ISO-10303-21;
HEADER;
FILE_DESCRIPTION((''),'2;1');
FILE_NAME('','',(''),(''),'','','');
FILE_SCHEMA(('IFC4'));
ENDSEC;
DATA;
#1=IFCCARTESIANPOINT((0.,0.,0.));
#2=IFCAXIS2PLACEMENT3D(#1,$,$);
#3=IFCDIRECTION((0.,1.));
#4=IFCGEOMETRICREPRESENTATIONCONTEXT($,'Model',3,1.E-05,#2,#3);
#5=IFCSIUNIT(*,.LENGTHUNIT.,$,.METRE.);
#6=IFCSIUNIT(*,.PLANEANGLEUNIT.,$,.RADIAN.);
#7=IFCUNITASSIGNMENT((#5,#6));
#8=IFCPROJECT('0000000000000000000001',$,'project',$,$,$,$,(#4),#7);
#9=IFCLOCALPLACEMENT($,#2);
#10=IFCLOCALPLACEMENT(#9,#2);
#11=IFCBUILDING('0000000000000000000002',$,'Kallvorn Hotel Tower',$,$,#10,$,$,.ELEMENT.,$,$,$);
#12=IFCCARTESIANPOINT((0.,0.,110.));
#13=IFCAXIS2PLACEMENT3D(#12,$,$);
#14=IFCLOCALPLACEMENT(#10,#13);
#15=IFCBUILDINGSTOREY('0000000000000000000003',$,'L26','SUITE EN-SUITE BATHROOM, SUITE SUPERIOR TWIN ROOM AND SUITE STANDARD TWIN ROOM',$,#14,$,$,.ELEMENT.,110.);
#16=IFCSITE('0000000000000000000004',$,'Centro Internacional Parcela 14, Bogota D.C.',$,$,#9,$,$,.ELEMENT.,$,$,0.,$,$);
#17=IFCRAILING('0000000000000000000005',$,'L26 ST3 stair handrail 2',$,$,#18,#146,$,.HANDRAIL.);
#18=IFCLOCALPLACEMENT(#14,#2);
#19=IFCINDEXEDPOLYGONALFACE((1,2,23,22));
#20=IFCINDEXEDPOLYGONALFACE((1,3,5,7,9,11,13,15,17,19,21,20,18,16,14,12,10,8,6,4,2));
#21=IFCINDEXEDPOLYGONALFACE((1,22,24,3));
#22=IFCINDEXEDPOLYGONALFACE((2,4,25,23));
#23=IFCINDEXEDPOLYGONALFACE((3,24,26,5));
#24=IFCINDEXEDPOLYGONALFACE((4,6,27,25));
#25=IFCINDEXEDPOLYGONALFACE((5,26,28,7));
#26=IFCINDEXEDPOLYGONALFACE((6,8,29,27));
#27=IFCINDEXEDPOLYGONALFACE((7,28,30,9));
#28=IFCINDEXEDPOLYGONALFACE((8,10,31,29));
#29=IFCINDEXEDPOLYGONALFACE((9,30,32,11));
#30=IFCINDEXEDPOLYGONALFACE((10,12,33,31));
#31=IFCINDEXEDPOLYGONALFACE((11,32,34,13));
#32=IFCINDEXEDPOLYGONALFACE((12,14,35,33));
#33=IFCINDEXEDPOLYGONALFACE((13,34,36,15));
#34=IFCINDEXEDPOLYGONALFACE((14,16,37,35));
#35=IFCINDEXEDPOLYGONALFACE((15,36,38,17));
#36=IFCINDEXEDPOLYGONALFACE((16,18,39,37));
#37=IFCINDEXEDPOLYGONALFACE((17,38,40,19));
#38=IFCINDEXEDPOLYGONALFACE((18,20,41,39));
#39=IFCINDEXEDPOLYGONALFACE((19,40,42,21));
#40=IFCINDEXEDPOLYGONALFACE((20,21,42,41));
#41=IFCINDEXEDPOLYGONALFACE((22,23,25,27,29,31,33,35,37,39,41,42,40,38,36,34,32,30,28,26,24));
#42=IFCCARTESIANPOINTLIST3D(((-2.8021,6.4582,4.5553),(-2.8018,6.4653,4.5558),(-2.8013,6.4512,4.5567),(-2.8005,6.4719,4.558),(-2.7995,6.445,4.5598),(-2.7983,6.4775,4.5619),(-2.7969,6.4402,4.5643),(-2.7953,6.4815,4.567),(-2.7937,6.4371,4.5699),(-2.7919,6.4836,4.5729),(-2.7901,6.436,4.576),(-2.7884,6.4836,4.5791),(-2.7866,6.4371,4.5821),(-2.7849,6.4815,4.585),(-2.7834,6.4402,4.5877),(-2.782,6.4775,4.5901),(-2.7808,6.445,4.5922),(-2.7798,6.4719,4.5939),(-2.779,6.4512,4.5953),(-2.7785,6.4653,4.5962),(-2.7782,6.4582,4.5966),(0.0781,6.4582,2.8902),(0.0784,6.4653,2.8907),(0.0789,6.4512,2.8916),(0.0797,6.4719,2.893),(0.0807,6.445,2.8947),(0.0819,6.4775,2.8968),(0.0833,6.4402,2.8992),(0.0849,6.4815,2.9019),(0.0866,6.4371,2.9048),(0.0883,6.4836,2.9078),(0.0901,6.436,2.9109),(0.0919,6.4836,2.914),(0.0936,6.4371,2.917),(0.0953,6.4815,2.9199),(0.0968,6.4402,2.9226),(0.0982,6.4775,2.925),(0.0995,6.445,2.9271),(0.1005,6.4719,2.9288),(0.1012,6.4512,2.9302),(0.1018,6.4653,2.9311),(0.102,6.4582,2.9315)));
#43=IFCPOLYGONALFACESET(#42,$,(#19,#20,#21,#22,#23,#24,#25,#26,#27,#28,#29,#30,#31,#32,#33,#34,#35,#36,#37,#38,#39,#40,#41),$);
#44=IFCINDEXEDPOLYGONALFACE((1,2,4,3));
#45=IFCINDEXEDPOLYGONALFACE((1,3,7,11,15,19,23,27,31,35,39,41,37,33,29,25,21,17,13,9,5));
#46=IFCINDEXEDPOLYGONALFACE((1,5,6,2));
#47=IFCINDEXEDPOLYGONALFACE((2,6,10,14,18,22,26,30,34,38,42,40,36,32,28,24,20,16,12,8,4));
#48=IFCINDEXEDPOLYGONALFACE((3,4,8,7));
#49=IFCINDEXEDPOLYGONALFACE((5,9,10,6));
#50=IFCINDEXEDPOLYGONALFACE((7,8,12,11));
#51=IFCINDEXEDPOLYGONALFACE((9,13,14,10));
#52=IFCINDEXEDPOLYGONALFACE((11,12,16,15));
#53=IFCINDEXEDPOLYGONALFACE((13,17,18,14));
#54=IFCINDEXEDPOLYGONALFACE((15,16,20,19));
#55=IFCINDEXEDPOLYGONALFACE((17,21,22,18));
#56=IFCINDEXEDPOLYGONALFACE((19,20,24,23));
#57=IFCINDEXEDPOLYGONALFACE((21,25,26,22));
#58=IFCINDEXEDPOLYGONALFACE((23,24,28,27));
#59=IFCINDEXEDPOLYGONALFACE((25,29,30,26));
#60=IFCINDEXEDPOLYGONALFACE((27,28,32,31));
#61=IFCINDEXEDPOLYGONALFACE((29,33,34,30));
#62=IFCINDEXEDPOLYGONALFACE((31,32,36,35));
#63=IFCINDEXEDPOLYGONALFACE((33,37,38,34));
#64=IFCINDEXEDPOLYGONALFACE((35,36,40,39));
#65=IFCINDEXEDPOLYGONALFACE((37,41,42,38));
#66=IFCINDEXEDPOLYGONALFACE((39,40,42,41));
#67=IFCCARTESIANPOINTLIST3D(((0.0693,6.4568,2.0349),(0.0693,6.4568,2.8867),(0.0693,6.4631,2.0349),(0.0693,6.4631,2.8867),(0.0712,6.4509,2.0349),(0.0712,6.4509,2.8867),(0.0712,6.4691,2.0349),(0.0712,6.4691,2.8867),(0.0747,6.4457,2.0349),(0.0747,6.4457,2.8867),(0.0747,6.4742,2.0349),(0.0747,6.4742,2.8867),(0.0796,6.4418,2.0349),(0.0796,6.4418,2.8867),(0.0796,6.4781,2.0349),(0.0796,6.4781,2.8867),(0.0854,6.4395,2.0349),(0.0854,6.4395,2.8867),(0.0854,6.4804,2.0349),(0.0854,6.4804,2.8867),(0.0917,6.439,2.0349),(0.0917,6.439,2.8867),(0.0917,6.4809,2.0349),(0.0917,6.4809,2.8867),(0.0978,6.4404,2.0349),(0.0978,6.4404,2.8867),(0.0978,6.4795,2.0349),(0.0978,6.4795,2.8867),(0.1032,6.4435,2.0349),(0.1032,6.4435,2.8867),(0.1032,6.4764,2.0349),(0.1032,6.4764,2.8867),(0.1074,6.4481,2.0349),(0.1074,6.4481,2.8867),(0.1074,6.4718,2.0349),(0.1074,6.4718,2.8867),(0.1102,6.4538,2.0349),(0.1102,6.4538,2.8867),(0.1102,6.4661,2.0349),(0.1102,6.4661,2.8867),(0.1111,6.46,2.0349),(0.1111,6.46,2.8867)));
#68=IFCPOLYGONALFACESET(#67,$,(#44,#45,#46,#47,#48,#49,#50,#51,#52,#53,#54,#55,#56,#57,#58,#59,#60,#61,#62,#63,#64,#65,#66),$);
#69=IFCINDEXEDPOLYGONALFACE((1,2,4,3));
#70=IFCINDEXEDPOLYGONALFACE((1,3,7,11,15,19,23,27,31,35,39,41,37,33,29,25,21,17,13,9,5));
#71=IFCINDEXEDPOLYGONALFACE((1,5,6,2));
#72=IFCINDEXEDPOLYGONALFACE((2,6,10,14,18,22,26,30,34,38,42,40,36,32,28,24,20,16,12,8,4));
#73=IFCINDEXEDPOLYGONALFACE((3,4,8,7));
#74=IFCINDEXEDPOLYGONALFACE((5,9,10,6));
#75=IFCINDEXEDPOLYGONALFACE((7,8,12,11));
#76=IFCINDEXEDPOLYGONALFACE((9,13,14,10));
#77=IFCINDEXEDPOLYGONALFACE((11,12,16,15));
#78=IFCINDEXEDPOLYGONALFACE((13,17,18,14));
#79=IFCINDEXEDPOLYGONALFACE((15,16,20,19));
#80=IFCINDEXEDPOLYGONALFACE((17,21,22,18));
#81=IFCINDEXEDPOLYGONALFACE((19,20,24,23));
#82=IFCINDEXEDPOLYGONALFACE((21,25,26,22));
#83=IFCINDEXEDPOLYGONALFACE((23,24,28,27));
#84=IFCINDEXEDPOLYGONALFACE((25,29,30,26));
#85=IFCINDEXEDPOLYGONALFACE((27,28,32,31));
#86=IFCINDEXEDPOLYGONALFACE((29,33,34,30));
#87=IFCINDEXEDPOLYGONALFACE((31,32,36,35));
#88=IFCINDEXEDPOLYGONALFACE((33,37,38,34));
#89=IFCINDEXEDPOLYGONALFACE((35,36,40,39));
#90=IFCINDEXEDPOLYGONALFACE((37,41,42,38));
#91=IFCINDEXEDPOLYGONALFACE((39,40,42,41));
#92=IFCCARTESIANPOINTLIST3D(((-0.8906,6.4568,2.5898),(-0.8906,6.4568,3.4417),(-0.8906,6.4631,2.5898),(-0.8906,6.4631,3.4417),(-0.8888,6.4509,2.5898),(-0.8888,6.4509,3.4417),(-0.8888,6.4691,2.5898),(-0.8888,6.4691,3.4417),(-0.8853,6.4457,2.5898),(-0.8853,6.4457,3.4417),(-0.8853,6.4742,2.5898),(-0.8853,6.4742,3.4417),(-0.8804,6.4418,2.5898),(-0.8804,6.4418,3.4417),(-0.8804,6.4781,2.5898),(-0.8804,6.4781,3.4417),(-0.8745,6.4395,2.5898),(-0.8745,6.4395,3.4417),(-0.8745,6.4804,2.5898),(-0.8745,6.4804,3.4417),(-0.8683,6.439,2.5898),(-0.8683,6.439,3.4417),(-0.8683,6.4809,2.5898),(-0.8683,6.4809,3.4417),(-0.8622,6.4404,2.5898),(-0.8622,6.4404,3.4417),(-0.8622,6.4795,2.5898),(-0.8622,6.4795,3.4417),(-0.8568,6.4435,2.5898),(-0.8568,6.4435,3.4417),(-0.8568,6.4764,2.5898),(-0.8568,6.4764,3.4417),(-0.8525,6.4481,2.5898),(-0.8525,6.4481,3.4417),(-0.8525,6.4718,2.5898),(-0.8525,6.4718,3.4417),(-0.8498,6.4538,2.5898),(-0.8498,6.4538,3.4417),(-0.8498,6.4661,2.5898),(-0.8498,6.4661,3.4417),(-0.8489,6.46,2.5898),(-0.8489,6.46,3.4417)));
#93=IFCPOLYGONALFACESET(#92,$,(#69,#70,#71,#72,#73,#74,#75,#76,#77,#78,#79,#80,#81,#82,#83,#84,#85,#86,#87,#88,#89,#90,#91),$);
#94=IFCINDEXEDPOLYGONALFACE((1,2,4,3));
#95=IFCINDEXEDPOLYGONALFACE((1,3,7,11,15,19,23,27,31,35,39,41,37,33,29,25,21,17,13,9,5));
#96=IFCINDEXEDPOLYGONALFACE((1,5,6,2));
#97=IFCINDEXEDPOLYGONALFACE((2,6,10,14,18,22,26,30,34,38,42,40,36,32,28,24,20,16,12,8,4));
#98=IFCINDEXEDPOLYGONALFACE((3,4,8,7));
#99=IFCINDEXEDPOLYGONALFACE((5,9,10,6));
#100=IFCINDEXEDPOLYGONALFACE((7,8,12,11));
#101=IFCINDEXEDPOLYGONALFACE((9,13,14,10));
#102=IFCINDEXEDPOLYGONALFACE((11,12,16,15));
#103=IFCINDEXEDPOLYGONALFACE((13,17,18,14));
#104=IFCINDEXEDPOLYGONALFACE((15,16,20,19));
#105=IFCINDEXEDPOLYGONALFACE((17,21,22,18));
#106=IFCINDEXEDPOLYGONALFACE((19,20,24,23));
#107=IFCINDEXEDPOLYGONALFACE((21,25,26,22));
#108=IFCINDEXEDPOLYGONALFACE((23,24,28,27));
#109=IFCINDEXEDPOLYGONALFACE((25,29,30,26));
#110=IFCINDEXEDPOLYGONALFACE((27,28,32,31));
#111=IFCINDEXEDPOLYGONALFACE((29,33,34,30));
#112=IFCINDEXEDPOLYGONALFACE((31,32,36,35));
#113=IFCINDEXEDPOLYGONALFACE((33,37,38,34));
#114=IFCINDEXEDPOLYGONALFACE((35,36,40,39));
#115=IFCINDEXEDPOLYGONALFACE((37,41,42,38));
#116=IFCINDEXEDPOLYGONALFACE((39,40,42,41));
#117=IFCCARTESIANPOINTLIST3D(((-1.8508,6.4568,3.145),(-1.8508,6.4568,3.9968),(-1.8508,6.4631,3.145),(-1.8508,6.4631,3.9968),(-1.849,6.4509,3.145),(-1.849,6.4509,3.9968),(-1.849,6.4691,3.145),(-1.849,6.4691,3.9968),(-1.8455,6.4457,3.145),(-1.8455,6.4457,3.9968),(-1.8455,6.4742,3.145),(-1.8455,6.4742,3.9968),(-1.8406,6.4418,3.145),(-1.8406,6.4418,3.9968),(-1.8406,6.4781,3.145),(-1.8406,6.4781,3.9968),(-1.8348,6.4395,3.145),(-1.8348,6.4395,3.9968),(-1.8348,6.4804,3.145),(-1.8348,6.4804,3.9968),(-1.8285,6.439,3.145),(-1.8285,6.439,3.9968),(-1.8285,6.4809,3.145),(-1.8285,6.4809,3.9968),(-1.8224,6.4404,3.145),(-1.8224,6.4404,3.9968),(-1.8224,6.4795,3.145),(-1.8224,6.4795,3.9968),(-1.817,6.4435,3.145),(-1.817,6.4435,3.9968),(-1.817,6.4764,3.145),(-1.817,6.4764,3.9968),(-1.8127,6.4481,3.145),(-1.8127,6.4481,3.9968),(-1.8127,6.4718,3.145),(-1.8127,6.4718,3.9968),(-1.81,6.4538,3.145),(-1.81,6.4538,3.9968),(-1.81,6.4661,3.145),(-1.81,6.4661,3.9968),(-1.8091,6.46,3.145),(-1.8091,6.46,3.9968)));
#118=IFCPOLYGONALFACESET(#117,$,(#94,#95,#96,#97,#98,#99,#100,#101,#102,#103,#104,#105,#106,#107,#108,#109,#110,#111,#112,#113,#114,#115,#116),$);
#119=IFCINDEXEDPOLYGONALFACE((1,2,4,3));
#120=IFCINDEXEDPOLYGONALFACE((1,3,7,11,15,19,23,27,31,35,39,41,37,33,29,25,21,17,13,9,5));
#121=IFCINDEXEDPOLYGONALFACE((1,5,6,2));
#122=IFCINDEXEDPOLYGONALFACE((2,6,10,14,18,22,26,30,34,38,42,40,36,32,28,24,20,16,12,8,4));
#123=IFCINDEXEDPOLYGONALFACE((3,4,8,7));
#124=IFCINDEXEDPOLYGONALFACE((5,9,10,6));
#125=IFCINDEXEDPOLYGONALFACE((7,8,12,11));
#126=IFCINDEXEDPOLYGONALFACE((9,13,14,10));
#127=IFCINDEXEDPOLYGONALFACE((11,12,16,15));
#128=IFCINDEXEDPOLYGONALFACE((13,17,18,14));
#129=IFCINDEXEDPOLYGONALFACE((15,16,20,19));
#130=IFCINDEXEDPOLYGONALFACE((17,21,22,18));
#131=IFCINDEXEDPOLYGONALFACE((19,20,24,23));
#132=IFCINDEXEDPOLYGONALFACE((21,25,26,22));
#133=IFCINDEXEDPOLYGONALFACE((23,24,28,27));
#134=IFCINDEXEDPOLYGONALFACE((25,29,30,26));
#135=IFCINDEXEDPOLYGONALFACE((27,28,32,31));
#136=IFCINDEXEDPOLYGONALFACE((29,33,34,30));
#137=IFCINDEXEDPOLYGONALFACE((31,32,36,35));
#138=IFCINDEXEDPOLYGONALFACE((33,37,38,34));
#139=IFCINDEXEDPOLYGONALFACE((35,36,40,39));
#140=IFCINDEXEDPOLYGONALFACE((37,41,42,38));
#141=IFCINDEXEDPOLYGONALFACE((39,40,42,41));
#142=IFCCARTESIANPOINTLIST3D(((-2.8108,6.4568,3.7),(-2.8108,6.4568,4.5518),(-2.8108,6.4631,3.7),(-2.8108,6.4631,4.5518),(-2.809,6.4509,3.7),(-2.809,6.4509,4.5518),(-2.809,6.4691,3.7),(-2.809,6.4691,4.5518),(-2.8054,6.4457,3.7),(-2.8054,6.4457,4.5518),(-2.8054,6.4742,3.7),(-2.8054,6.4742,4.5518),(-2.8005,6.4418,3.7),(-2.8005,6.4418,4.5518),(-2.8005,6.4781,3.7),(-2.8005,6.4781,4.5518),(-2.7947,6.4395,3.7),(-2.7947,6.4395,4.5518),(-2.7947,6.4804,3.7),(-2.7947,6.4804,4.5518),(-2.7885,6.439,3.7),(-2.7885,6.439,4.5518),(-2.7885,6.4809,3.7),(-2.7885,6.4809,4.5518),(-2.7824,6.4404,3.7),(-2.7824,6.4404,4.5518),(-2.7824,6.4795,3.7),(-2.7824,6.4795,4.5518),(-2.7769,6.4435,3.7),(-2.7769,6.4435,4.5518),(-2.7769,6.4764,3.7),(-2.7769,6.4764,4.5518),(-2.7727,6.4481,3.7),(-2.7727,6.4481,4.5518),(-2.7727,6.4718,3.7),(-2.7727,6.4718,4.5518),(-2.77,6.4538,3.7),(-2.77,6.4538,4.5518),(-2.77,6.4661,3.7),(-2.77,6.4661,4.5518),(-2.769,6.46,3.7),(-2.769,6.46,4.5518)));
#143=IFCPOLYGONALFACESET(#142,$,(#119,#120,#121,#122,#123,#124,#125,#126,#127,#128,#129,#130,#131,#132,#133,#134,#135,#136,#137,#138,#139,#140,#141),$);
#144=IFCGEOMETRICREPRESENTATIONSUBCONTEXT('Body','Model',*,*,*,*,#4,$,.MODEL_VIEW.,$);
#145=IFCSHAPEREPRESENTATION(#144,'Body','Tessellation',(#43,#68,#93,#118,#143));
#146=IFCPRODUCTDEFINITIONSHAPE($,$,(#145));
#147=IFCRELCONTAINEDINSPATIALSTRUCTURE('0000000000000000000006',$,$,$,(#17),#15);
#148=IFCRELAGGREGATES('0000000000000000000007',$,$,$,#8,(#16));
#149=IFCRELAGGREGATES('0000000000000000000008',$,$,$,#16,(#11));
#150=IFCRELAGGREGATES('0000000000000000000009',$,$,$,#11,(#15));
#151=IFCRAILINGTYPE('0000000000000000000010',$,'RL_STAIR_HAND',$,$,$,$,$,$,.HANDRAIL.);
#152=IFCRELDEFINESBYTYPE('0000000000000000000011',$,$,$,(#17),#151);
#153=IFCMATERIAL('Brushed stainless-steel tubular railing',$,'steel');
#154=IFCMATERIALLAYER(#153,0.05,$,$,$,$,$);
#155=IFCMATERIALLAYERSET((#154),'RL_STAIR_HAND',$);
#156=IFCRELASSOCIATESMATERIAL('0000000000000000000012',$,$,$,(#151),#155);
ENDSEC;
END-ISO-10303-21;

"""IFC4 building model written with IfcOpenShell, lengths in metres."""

from ifc_helpers import new_model, si_unit, direction, frame, origin, origin_2d, place, context, subcontext, project, spatial, circle, extrude, material, layer, layer_set, type_object, element, save


model = new_model("IFC4")

# Units and contexts
model_context = context("Model", 3, precision=1e-05, world=origin(), true_north=direction((0.0, 1.0)))
body_context = subcontext(model_context, "Body", "Model", "MODEL_VIEW")
ifc_project = project(units=[si_unit("LENGTHUNIT", "METRE"), si_unit("PLANEANGLEUNIT", "RADIAN")], contexts=[model_context])

# Site, building, storey
site_placement = place(None, origin())
site = spatial("IfcSite", under=ifc_project, at=site_placement, Name="Centro Internacional Parcela 14, Bogota D.C.", CompositionType="ELEMENT", RefElevation=0.0)
building_placement = place(site_placement, origin())
building = spatial("IfcBuilding", under=site, at=building_placement, Name="Kallvorn Hotel Tower", CompositionType="ELEMENT")
storey_placement = place(building_placement, frame((0.0, 0.0, 110.0)))
storey = spatial("IfcBuildingStorey", under=building, at=storey_placement, Name="L26", Description="SUITE EN-SUITE BATHROOM, SUITE SUPERIOR TWIN ROOM AND SUITE STANDARD TWIN ROOM", CompositionType="ELEMENT", Elevation=110.0)

# Railing
ifc_material_1 = material(Name="Brushed stainless-steel tubular railing", Category="steel")
ifc_layer_1 = layer(ifc_material_1, 0.05)
ifc_layer_set_1 = layer_set([ifc_layer_1], Name="RL_STAIR_HAND")
railing_type_1 = type_object("IfcRailingType", Name="RL_STAIR_HAND", PredefinedType="HANDRAIL", material=ifc_layer_set_1)
railing_1_placement = place(storey_placement, frame((0.0901, 6.46, 2.0349)))
element("IfcRailing", 1, at=railing_1_placement, inside=storey, type_object=railing_type_1, Name="L26 ST3 stair handrail 2", PredefinedType="HANDRAIL", context=body_context, shape_type="SweptSolid", body=[
    extrude(circle(Radius=0.0239, at=origin_2d()), frame((0.0, 0.0, 0.876), z_axis=(-0.865739, 0.0, 0.500495), x_axis=(0.0, -1.0, 0.0)), (0.0, 0.0, 1.0), 3.3269),
    extrude(circle(Radius=0.021, at=origin_2d()), origin(), (0.0, 0.0, 1.0), 0.8518),
    extrude(circle(Radius=0.021, at=origin_2d()), frame((-0.96, 0.0, 0.5549)), (0.0, 0.0, 1.0), 0.8518),
    extrude(circle(Radius=0.021, at=origin_2d()), frame((-1.9202, 0.0, 1.1101)), (0.0, 0.0, 1.0), 0.8518),
    extrude(circle(Radius=0.021, at=origin_2d()), frame((-2.8801, 0.0, 1.665)), (0.0, 0.0, 1.0), 0.8518),
])

save(model, "model.ifc")
